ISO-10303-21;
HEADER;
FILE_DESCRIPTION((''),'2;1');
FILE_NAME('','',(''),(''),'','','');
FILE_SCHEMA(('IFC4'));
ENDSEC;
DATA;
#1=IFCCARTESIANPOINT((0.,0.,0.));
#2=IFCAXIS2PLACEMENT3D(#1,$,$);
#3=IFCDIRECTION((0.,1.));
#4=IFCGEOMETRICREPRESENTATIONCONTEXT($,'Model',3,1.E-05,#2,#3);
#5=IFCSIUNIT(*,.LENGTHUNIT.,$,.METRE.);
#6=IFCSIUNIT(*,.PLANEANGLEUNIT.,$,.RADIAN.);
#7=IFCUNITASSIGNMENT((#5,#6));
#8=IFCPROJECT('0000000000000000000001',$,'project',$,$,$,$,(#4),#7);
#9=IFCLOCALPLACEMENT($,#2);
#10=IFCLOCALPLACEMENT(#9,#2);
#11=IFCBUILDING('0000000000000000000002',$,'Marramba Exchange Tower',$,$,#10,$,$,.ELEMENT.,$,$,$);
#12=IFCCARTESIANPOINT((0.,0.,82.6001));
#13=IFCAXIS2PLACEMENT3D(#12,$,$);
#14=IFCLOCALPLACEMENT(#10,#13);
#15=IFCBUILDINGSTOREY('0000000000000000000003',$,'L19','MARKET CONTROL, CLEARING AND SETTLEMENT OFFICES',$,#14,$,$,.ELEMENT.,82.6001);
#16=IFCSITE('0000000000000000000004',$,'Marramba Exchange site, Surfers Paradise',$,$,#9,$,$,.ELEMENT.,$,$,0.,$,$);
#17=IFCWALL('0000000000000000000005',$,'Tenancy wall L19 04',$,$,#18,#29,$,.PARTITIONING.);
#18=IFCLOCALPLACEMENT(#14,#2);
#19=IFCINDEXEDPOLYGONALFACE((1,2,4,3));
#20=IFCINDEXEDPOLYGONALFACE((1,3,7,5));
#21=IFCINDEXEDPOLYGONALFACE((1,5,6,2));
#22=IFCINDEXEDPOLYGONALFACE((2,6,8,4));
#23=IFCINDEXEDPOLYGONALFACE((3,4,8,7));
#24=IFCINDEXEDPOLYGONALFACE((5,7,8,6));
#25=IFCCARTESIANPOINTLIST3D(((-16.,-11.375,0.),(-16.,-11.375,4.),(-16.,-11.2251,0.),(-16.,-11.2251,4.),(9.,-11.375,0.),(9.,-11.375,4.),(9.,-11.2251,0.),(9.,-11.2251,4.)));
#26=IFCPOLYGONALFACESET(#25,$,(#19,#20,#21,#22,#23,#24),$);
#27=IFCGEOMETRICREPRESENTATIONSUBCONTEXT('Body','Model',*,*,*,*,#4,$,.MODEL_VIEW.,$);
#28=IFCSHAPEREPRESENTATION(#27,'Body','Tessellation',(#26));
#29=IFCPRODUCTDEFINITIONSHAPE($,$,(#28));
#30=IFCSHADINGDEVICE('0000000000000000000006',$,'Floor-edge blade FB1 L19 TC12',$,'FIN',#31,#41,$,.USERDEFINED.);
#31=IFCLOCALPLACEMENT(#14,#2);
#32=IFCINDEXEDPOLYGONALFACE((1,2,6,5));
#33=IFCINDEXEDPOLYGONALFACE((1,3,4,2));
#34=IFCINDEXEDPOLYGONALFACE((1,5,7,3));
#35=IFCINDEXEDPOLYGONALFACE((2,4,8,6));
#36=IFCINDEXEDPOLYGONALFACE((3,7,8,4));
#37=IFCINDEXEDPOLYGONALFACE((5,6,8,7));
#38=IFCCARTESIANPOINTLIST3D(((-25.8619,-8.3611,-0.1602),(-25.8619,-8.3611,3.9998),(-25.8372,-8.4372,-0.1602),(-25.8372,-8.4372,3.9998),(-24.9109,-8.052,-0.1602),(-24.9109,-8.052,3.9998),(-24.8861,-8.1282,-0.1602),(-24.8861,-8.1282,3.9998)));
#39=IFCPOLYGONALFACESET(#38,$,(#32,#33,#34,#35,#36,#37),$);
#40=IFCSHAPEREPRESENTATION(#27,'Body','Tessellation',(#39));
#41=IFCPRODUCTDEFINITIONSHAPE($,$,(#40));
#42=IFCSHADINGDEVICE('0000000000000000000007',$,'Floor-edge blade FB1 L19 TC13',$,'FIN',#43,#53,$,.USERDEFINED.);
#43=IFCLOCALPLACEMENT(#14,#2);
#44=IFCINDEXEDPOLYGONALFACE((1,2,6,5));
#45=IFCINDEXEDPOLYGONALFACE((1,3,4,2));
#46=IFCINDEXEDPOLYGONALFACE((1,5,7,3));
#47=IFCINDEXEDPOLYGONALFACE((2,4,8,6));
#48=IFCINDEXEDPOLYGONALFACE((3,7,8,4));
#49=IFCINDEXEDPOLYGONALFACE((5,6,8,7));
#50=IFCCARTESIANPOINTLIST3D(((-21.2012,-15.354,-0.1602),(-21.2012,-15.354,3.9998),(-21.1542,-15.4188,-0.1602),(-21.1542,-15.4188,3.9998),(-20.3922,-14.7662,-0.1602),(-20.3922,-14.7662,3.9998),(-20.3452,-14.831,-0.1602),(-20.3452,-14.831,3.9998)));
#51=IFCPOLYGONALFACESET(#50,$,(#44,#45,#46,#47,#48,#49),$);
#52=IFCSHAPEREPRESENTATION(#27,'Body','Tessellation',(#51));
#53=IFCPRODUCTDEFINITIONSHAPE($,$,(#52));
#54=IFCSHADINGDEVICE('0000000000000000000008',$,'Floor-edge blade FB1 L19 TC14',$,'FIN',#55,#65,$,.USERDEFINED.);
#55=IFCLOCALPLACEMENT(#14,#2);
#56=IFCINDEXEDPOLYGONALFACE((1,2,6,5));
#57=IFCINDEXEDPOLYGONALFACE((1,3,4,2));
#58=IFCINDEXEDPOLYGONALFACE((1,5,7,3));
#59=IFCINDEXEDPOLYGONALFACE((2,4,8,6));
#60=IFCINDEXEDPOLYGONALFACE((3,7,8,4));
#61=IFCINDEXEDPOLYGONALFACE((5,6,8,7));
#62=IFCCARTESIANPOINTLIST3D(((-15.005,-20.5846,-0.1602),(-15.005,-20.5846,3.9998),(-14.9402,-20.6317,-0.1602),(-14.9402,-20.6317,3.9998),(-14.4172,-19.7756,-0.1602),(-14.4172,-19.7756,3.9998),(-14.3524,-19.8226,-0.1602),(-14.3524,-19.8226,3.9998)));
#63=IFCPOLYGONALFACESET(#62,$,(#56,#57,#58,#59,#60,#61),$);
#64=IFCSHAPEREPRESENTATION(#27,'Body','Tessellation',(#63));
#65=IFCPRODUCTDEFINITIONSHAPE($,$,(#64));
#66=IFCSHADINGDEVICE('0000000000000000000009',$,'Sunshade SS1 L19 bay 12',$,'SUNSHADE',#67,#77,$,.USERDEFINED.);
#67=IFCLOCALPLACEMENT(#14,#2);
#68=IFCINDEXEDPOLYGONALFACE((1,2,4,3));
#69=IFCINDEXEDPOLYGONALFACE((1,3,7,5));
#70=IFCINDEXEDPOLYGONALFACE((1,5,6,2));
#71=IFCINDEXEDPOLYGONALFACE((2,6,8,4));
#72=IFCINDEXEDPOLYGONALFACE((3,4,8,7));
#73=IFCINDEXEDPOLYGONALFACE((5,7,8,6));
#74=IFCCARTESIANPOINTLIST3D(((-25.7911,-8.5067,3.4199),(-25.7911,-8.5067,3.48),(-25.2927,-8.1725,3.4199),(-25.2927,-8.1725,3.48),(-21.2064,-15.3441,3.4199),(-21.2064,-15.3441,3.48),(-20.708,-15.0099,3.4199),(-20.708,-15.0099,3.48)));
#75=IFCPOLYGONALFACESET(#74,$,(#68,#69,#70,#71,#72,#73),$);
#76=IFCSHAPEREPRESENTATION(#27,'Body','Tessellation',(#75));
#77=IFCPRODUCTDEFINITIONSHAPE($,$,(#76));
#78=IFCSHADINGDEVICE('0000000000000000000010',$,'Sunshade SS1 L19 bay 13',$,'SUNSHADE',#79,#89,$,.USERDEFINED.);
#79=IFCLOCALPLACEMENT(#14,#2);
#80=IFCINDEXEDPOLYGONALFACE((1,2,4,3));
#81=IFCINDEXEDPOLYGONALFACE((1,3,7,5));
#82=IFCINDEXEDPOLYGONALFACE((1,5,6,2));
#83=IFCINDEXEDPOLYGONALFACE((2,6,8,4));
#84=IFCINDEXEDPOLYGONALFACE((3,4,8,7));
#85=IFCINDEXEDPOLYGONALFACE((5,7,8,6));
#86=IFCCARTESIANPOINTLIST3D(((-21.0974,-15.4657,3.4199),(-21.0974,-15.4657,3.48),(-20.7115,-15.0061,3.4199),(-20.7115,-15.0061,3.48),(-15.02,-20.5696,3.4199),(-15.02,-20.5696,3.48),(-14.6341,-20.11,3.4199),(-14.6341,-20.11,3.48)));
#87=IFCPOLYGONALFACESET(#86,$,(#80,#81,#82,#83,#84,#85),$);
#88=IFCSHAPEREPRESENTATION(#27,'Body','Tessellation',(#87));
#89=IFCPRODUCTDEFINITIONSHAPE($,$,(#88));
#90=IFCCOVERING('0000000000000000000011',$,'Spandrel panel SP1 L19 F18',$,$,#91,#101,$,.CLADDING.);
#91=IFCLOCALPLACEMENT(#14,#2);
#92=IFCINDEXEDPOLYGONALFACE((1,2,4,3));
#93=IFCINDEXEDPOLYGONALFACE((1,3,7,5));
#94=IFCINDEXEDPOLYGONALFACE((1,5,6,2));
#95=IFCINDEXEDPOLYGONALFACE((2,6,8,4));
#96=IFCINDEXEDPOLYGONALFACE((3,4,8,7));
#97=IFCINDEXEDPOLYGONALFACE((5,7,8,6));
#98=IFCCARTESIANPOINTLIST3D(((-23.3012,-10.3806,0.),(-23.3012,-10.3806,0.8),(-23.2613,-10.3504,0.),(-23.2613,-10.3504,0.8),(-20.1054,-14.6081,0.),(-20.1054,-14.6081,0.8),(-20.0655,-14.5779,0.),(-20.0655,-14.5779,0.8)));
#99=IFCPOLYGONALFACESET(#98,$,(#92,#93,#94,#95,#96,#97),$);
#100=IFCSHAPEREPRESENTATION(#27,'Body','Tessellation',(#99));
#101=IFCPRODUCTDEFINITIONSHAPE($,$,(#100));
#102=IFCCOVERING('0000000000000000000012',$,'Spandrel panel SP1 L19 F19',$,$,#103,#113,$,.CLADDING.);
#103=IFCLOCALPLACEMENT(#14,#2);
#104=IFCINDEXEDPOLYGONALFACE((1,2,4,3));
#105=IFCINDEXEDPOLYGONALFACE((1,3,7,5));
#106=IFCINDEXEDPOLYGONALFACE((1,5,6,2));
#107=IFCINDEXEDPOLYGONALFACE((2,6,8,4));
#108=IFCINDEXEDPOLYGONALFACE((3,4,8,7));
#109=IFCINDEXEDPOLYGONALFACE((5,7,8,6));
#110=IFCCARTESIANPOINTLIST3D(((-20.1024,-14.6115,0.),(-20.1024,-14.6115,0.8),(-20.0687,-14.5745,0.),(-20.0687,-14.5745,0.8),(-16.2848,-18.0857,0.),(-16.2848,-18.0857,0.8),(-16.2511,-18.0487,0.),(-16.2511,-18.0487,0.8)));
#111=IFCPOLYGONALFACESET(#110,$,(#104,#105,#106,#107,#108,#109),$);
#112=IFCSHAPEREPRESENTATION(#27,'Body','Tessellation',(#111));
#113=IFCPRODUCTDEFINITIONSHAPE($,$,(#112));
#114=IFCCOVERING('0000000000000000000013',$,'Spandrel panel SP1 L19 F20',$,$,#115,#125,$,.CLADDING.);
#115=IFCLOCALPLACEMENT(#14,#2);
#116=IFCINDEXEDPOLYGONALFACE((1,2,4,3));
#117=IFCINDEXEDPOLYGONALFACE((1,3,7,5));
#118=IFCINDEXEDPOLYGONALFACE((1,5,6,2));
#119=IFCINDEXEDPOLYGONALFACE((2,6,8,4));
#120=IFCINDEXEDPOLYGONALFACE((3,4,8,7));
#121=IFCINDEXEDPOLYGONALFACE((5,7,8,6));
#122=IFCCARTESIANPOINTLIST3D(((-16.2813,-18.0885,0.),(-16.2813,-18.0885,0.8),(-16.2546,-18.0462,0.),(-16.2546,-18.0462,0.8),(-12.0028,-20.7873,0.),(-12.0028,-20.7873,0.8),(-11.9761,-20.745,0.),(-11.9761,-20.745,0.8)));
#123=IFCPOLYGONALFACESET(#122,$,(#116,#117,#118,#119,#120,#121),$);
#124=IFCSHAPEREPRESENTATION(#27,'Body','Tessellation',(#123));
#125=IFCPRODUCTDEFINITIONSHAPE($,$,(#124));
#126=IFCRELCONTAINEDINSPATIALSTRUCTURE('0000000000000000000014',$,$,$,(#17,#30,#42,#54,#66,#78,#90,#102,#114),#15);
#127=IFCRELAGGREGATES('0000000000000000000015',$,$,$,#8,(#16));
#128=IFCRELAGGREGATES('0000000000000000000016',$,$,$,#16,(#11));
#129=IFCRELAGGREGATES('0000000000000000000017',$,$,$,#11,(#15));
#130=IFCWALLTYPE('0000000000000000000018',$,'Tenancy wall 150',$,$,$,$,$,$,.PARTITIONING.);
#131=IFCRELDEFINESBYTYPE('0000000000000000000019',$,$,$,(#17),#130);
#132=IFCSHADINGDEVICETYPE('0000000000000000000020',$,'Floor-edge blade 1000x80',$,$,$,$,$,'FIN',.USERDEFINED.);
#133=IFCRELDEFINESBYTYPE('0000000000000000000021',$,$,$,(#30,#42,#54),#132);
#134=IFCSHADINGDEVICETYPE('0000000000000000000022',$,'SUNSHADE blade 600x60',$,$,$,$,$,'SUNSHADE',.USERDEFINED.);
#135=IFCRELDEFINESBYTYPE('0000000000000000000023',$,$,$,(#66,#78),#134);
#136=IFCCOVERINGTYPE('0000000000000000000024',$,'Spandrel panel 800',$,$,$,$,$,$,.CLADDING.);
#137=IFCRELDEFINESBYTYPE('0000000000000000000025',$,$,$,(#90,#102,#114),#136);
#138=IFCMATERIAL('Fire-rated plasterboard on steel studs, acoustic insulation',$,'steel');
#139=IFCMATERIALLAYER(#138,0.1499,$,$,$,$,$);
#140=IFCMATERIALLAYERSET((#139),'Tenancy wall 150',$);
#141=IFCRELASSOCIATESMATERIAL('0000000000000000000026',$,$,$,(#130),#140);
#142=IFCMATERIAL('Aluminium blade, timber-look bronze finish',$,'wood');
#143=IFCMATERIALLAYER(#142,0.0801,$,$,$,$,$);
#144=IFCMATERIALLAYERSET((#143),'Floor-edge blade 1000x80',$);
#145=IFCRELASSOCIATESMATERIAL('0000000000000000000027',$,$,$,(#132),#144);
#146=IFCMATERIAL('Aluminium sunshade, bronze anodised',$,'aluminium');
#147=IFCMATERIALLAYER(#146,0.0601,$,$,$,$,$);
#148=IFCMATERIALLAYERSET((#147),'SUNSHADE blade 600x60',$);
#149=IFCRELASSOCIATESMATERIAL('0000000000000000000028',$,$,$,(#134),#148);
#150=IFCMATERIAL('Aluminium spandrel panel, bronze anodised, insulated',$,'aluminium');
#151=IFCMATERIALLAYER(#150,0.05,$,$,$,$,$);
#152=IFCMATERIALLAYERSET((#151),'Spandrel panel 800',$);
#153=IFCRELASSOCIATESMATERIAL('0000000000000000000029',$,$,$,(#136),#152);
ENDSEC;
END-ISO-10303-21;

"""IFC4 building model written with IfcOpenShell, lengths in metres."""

from ifc_helpers import new_model, si_unit, direction, frame, frame_2d, origin, origin_2d, place, context, subcontext, project, spatial, rectangle, extrude, material, layer, layer_set, type_object, element, save


model = new_model("IFC4")

# Units and contexts
model_context = context("Model", 3, precision=1e-05, world=origin(), true_north=direction((0.0, 1.0)))
body_context = subcontext(model_context, "Body", "Model", "MODEL_VIEW")
ifc_project = project(units=[si_unit("LENGTHUNIT", "METRE"), si_unit("PLANEANGLEUNIT", "RADIAN")], contexts=[model_context])

# Site, building, storey
site_placement = place(None, origin())
site = spatial("IfcSite", under=ifc_project, at=site_placement, Name="Marramba Exchange site, Surfers Paradise", CompositionType="ELEMENT", RefElevation=0.0)
building_placement = place(site_placement, origin())
building = spatial("IfcBuilding", under=site, at=building_placement, Name="Marramba Exchange Tower", CompositionType="ELEMENT")
storey_placement = place(building_placement, frame((0.0, 0.0, 82.6001)))
storey = spatial("IfcBuildingStorey", under=building, at=storey_placement, Name="L19", Description="MARKET CONTROL, CLEARING AND SETTLEMENT OFFICES", CompositionType="ELEMENT", Elevation=82.6001)

# Wall
ifc_material_1 = material(Name="Fire-rated plasterboard on steel studs, acoustic insulation", Category="steel")
ifc_layer_1 = layer(ifc_material_1, 0.1499)
ifc_layer_set_1 = layer_set([ifc_layer_1], Name="Tenancy wall 150")
wall_type_1 = type_object("IfcWallType", Name="Tenancy wall 150", PredefinedType="PARTITIONING", material=ifc_layer_set_1)
wall_1_placement = place(storey_placement, frame((-16.0, -11.3, 0.0), z_axis=(0.0, 0.0, 1.0), x_axis=(1.0, 0.0, 0.0)))
element("IfcWall", 1, at=wall_1_placement, inside=storey, type_object=wall_type_1, Name="Tenancy wall L19 04", PredefinedType="PARTITIONING", context=body_context, shape_type="SweptSolid", body=[
    extrude(rectangle(XDim=25.0, YDim=0.1499, at=frame_2d((12.5, 0.0))), origin(), (0.0, 0.0, 1.0), 4.0),
])

# Shading devices
ifc_material_2 = material(Name="Aluminium blade, timber-look bronze finish", Category="wood")
ifc_layer_2 = layer(ifc_material_2, 0.0801)
ifc_layer_set_2 = layer_set([ifc_layer_2], Name="Floor-edge blade 1000x80")
shading_device_type_1 = type_object("IfcShadingDeviceType", Name="Floor-edge blade 1000x80", ElementType="FIN", PredefinedType="USERDEFINED", material=ifc_layer_set_2)
for number, where, z_axis, x_axis, name in (
    (2, (-25.374, -8.2446, -0.1602), (0.0, 0.0, 1.0), (-0.951057, -0.309017, 0.0), "Floor-edge blade FB1 L19 TC12"),
    (3, (-20.7732, -15.0925, -0.1602), (0.0, 0.0, 1.0), (-0.809017, -0.587785, 0.0), "Floor-edge blade FB1 L19 TC13"),
    (4, (-14.6787, -20.2036, -0.1602), (0.0, 0.0, 1.0), (-0.587785, -0.809017, 0.0), "Floor-edge blade FB1 L19 TC14"),
):
    element("IfcShadingDevice", number, at=place(storey_placement, frame(where, z_axis=z_axis, x_axis=x_axis)), inside=storey, type_object=shading_device_type_1, Name=name, ObjectType="FIN", PredefinedType="USERDEFINED", context=body_context, shape_type="SweptSolid", body=[
        extrude(rectangle(XDim=1.0, YDim=0.0801, at=origin_2d()), origin(), (0.0, 0.0, 1.0), 4.1599),
    ])
ifc_material_3 = material(Name="Aluminium sunshade, bronze anodised", Category="aluminium")
ifc_layer_3 = layer(ifc_material_3, 0.0601)
ifc_layer_set_3 = layer_set([ifc_layer_3], Name="SUNSHADE blade 600x60")
shading_device_type_2 = type_object("IfcShadingDeviceType", Name="SUNSHADE blade 600x60", ElementType="SUNSHADE", PredefinedType="USERDEFINED", material=ifc_layer_set_3)
shading_device_1_placement = place(storey_placement, frame((-23.2495, -11.7583, 3.4199), z_axis=(0.0, 0.0, 1.0), x_axis=(0.556924, -0.830563, 0.0)))
element("IfcShadingDevice", 5, at=shading_device_1_placement, inside=storey, type_object=shading_device_type_2, Name="Sunshade SS1 L19 bay 12", ObjectType="SUNSHADE", PredefinedType="USERDEFINED", context=body_context, shape_type="SweptSolid", body=[
    extrude(rectangle(XDim=8.2322, YDim=0.6001, at=origin_2d()), origin(), (0.0, 0.0, 1.0), 0.0601),
])
shading_device_2_placement = place(storey_placement, frame((-17.8657, -17.7878, 3.4199), z_axis=(0.0, 0.0, 1.0), x_axis=(0.765776, -0.643107, 0.0)))
element("IfcShadingDevice", 6, at=shading_device_2_placement, inside=storey, type_object=shading_device_type_2, Name="Sunshade SS1 L19 bay 13", ObjectType="SUNSHADE", PredefinedType="USERDEFINED", context=body_context, shape_type="SweptSolid", body=[
    extrude(rectangle(XDim=7.9363, YDim=0.6001, at=origin_2d()), origin(), (0.0, 0.0, 1.0), 0.0601),
])

# Coverings
ifc_material_4 = material(Name="Aluminium spandrel panel, bronze anodised, insulated", Category="aluminium")
ifc_layer_4 = layer(ifc_material_4, 0.05)
ifc_layer_set_4 = layer_set([ifc_layer_4], Name="Spandrel panel 800")
covering_type = type_object("IfcCoveringType", Name="Spandrel panel 800", PredefinedType="CLADDING", material=ifc_layer_set_4)
covering_1_placement = place(storey_placement, frame((-21.6833, -12.4792, 0.0), z_axis=(0.0, 0.0, 1.0), x_axis=(0.60304, -0.797711, 0.0)))
element("IfcCovering", 7, at=covering_1_placement, inside=storey, type_object=covering_type, Name="Spandrel panel SP1 L19 F18", PredefinedType="CLADDING", context=body_context, shape_type="SweptSolid", body=[
    extrude(rectangle(XDim=5.2996, YDim=0.05, at=origin_2d()), origin(), (0.0, 0.0, 1.0), 0.8),
])
covering_2_placement = place(storey_placement, frame((-18.1768, -16.3301, 0.0), z_axis=(0.0, 0.0, 1.0), x_axis=(0.73959, -0.673058, 0.0)))
element("IfcCovering", 8, at=covering_2_placement, inside=storey, type_object=covering_type, Name="Spandrel panel SP1 L19 F19", PredefinedType="CLADDING", context=body_context, shape_type="SweptSolid", body=[
    extrude(rectangle(XDim=5.1619, YDim=0.05, at=origin_2d()), origin(), (0.0, 0.0, 1.0), 0.8),
])
covering_3_placement = place(storey_placement, frame((-14.1287, -19.4167, 0.0), z_axis=(0.0, 0.0, 1.0), x_axis=(0.845791, -0.533515, 0.0)))
element("IfcCovering", 9, at=covering_3_placement, inside=storey, type_object=covering_type, Name="Spandrel panel SP1 L19 F20", PredefinedType="CLADDING", context=body_context, shape_type="SweptSolid", body=[
    extrude(rectangle(XDim=5.0586, YDim=0.05, at=origin_2d()), origin(), (0.0, 0.0, 1.0), 0.8),
])

save(model, "model.ifc")
